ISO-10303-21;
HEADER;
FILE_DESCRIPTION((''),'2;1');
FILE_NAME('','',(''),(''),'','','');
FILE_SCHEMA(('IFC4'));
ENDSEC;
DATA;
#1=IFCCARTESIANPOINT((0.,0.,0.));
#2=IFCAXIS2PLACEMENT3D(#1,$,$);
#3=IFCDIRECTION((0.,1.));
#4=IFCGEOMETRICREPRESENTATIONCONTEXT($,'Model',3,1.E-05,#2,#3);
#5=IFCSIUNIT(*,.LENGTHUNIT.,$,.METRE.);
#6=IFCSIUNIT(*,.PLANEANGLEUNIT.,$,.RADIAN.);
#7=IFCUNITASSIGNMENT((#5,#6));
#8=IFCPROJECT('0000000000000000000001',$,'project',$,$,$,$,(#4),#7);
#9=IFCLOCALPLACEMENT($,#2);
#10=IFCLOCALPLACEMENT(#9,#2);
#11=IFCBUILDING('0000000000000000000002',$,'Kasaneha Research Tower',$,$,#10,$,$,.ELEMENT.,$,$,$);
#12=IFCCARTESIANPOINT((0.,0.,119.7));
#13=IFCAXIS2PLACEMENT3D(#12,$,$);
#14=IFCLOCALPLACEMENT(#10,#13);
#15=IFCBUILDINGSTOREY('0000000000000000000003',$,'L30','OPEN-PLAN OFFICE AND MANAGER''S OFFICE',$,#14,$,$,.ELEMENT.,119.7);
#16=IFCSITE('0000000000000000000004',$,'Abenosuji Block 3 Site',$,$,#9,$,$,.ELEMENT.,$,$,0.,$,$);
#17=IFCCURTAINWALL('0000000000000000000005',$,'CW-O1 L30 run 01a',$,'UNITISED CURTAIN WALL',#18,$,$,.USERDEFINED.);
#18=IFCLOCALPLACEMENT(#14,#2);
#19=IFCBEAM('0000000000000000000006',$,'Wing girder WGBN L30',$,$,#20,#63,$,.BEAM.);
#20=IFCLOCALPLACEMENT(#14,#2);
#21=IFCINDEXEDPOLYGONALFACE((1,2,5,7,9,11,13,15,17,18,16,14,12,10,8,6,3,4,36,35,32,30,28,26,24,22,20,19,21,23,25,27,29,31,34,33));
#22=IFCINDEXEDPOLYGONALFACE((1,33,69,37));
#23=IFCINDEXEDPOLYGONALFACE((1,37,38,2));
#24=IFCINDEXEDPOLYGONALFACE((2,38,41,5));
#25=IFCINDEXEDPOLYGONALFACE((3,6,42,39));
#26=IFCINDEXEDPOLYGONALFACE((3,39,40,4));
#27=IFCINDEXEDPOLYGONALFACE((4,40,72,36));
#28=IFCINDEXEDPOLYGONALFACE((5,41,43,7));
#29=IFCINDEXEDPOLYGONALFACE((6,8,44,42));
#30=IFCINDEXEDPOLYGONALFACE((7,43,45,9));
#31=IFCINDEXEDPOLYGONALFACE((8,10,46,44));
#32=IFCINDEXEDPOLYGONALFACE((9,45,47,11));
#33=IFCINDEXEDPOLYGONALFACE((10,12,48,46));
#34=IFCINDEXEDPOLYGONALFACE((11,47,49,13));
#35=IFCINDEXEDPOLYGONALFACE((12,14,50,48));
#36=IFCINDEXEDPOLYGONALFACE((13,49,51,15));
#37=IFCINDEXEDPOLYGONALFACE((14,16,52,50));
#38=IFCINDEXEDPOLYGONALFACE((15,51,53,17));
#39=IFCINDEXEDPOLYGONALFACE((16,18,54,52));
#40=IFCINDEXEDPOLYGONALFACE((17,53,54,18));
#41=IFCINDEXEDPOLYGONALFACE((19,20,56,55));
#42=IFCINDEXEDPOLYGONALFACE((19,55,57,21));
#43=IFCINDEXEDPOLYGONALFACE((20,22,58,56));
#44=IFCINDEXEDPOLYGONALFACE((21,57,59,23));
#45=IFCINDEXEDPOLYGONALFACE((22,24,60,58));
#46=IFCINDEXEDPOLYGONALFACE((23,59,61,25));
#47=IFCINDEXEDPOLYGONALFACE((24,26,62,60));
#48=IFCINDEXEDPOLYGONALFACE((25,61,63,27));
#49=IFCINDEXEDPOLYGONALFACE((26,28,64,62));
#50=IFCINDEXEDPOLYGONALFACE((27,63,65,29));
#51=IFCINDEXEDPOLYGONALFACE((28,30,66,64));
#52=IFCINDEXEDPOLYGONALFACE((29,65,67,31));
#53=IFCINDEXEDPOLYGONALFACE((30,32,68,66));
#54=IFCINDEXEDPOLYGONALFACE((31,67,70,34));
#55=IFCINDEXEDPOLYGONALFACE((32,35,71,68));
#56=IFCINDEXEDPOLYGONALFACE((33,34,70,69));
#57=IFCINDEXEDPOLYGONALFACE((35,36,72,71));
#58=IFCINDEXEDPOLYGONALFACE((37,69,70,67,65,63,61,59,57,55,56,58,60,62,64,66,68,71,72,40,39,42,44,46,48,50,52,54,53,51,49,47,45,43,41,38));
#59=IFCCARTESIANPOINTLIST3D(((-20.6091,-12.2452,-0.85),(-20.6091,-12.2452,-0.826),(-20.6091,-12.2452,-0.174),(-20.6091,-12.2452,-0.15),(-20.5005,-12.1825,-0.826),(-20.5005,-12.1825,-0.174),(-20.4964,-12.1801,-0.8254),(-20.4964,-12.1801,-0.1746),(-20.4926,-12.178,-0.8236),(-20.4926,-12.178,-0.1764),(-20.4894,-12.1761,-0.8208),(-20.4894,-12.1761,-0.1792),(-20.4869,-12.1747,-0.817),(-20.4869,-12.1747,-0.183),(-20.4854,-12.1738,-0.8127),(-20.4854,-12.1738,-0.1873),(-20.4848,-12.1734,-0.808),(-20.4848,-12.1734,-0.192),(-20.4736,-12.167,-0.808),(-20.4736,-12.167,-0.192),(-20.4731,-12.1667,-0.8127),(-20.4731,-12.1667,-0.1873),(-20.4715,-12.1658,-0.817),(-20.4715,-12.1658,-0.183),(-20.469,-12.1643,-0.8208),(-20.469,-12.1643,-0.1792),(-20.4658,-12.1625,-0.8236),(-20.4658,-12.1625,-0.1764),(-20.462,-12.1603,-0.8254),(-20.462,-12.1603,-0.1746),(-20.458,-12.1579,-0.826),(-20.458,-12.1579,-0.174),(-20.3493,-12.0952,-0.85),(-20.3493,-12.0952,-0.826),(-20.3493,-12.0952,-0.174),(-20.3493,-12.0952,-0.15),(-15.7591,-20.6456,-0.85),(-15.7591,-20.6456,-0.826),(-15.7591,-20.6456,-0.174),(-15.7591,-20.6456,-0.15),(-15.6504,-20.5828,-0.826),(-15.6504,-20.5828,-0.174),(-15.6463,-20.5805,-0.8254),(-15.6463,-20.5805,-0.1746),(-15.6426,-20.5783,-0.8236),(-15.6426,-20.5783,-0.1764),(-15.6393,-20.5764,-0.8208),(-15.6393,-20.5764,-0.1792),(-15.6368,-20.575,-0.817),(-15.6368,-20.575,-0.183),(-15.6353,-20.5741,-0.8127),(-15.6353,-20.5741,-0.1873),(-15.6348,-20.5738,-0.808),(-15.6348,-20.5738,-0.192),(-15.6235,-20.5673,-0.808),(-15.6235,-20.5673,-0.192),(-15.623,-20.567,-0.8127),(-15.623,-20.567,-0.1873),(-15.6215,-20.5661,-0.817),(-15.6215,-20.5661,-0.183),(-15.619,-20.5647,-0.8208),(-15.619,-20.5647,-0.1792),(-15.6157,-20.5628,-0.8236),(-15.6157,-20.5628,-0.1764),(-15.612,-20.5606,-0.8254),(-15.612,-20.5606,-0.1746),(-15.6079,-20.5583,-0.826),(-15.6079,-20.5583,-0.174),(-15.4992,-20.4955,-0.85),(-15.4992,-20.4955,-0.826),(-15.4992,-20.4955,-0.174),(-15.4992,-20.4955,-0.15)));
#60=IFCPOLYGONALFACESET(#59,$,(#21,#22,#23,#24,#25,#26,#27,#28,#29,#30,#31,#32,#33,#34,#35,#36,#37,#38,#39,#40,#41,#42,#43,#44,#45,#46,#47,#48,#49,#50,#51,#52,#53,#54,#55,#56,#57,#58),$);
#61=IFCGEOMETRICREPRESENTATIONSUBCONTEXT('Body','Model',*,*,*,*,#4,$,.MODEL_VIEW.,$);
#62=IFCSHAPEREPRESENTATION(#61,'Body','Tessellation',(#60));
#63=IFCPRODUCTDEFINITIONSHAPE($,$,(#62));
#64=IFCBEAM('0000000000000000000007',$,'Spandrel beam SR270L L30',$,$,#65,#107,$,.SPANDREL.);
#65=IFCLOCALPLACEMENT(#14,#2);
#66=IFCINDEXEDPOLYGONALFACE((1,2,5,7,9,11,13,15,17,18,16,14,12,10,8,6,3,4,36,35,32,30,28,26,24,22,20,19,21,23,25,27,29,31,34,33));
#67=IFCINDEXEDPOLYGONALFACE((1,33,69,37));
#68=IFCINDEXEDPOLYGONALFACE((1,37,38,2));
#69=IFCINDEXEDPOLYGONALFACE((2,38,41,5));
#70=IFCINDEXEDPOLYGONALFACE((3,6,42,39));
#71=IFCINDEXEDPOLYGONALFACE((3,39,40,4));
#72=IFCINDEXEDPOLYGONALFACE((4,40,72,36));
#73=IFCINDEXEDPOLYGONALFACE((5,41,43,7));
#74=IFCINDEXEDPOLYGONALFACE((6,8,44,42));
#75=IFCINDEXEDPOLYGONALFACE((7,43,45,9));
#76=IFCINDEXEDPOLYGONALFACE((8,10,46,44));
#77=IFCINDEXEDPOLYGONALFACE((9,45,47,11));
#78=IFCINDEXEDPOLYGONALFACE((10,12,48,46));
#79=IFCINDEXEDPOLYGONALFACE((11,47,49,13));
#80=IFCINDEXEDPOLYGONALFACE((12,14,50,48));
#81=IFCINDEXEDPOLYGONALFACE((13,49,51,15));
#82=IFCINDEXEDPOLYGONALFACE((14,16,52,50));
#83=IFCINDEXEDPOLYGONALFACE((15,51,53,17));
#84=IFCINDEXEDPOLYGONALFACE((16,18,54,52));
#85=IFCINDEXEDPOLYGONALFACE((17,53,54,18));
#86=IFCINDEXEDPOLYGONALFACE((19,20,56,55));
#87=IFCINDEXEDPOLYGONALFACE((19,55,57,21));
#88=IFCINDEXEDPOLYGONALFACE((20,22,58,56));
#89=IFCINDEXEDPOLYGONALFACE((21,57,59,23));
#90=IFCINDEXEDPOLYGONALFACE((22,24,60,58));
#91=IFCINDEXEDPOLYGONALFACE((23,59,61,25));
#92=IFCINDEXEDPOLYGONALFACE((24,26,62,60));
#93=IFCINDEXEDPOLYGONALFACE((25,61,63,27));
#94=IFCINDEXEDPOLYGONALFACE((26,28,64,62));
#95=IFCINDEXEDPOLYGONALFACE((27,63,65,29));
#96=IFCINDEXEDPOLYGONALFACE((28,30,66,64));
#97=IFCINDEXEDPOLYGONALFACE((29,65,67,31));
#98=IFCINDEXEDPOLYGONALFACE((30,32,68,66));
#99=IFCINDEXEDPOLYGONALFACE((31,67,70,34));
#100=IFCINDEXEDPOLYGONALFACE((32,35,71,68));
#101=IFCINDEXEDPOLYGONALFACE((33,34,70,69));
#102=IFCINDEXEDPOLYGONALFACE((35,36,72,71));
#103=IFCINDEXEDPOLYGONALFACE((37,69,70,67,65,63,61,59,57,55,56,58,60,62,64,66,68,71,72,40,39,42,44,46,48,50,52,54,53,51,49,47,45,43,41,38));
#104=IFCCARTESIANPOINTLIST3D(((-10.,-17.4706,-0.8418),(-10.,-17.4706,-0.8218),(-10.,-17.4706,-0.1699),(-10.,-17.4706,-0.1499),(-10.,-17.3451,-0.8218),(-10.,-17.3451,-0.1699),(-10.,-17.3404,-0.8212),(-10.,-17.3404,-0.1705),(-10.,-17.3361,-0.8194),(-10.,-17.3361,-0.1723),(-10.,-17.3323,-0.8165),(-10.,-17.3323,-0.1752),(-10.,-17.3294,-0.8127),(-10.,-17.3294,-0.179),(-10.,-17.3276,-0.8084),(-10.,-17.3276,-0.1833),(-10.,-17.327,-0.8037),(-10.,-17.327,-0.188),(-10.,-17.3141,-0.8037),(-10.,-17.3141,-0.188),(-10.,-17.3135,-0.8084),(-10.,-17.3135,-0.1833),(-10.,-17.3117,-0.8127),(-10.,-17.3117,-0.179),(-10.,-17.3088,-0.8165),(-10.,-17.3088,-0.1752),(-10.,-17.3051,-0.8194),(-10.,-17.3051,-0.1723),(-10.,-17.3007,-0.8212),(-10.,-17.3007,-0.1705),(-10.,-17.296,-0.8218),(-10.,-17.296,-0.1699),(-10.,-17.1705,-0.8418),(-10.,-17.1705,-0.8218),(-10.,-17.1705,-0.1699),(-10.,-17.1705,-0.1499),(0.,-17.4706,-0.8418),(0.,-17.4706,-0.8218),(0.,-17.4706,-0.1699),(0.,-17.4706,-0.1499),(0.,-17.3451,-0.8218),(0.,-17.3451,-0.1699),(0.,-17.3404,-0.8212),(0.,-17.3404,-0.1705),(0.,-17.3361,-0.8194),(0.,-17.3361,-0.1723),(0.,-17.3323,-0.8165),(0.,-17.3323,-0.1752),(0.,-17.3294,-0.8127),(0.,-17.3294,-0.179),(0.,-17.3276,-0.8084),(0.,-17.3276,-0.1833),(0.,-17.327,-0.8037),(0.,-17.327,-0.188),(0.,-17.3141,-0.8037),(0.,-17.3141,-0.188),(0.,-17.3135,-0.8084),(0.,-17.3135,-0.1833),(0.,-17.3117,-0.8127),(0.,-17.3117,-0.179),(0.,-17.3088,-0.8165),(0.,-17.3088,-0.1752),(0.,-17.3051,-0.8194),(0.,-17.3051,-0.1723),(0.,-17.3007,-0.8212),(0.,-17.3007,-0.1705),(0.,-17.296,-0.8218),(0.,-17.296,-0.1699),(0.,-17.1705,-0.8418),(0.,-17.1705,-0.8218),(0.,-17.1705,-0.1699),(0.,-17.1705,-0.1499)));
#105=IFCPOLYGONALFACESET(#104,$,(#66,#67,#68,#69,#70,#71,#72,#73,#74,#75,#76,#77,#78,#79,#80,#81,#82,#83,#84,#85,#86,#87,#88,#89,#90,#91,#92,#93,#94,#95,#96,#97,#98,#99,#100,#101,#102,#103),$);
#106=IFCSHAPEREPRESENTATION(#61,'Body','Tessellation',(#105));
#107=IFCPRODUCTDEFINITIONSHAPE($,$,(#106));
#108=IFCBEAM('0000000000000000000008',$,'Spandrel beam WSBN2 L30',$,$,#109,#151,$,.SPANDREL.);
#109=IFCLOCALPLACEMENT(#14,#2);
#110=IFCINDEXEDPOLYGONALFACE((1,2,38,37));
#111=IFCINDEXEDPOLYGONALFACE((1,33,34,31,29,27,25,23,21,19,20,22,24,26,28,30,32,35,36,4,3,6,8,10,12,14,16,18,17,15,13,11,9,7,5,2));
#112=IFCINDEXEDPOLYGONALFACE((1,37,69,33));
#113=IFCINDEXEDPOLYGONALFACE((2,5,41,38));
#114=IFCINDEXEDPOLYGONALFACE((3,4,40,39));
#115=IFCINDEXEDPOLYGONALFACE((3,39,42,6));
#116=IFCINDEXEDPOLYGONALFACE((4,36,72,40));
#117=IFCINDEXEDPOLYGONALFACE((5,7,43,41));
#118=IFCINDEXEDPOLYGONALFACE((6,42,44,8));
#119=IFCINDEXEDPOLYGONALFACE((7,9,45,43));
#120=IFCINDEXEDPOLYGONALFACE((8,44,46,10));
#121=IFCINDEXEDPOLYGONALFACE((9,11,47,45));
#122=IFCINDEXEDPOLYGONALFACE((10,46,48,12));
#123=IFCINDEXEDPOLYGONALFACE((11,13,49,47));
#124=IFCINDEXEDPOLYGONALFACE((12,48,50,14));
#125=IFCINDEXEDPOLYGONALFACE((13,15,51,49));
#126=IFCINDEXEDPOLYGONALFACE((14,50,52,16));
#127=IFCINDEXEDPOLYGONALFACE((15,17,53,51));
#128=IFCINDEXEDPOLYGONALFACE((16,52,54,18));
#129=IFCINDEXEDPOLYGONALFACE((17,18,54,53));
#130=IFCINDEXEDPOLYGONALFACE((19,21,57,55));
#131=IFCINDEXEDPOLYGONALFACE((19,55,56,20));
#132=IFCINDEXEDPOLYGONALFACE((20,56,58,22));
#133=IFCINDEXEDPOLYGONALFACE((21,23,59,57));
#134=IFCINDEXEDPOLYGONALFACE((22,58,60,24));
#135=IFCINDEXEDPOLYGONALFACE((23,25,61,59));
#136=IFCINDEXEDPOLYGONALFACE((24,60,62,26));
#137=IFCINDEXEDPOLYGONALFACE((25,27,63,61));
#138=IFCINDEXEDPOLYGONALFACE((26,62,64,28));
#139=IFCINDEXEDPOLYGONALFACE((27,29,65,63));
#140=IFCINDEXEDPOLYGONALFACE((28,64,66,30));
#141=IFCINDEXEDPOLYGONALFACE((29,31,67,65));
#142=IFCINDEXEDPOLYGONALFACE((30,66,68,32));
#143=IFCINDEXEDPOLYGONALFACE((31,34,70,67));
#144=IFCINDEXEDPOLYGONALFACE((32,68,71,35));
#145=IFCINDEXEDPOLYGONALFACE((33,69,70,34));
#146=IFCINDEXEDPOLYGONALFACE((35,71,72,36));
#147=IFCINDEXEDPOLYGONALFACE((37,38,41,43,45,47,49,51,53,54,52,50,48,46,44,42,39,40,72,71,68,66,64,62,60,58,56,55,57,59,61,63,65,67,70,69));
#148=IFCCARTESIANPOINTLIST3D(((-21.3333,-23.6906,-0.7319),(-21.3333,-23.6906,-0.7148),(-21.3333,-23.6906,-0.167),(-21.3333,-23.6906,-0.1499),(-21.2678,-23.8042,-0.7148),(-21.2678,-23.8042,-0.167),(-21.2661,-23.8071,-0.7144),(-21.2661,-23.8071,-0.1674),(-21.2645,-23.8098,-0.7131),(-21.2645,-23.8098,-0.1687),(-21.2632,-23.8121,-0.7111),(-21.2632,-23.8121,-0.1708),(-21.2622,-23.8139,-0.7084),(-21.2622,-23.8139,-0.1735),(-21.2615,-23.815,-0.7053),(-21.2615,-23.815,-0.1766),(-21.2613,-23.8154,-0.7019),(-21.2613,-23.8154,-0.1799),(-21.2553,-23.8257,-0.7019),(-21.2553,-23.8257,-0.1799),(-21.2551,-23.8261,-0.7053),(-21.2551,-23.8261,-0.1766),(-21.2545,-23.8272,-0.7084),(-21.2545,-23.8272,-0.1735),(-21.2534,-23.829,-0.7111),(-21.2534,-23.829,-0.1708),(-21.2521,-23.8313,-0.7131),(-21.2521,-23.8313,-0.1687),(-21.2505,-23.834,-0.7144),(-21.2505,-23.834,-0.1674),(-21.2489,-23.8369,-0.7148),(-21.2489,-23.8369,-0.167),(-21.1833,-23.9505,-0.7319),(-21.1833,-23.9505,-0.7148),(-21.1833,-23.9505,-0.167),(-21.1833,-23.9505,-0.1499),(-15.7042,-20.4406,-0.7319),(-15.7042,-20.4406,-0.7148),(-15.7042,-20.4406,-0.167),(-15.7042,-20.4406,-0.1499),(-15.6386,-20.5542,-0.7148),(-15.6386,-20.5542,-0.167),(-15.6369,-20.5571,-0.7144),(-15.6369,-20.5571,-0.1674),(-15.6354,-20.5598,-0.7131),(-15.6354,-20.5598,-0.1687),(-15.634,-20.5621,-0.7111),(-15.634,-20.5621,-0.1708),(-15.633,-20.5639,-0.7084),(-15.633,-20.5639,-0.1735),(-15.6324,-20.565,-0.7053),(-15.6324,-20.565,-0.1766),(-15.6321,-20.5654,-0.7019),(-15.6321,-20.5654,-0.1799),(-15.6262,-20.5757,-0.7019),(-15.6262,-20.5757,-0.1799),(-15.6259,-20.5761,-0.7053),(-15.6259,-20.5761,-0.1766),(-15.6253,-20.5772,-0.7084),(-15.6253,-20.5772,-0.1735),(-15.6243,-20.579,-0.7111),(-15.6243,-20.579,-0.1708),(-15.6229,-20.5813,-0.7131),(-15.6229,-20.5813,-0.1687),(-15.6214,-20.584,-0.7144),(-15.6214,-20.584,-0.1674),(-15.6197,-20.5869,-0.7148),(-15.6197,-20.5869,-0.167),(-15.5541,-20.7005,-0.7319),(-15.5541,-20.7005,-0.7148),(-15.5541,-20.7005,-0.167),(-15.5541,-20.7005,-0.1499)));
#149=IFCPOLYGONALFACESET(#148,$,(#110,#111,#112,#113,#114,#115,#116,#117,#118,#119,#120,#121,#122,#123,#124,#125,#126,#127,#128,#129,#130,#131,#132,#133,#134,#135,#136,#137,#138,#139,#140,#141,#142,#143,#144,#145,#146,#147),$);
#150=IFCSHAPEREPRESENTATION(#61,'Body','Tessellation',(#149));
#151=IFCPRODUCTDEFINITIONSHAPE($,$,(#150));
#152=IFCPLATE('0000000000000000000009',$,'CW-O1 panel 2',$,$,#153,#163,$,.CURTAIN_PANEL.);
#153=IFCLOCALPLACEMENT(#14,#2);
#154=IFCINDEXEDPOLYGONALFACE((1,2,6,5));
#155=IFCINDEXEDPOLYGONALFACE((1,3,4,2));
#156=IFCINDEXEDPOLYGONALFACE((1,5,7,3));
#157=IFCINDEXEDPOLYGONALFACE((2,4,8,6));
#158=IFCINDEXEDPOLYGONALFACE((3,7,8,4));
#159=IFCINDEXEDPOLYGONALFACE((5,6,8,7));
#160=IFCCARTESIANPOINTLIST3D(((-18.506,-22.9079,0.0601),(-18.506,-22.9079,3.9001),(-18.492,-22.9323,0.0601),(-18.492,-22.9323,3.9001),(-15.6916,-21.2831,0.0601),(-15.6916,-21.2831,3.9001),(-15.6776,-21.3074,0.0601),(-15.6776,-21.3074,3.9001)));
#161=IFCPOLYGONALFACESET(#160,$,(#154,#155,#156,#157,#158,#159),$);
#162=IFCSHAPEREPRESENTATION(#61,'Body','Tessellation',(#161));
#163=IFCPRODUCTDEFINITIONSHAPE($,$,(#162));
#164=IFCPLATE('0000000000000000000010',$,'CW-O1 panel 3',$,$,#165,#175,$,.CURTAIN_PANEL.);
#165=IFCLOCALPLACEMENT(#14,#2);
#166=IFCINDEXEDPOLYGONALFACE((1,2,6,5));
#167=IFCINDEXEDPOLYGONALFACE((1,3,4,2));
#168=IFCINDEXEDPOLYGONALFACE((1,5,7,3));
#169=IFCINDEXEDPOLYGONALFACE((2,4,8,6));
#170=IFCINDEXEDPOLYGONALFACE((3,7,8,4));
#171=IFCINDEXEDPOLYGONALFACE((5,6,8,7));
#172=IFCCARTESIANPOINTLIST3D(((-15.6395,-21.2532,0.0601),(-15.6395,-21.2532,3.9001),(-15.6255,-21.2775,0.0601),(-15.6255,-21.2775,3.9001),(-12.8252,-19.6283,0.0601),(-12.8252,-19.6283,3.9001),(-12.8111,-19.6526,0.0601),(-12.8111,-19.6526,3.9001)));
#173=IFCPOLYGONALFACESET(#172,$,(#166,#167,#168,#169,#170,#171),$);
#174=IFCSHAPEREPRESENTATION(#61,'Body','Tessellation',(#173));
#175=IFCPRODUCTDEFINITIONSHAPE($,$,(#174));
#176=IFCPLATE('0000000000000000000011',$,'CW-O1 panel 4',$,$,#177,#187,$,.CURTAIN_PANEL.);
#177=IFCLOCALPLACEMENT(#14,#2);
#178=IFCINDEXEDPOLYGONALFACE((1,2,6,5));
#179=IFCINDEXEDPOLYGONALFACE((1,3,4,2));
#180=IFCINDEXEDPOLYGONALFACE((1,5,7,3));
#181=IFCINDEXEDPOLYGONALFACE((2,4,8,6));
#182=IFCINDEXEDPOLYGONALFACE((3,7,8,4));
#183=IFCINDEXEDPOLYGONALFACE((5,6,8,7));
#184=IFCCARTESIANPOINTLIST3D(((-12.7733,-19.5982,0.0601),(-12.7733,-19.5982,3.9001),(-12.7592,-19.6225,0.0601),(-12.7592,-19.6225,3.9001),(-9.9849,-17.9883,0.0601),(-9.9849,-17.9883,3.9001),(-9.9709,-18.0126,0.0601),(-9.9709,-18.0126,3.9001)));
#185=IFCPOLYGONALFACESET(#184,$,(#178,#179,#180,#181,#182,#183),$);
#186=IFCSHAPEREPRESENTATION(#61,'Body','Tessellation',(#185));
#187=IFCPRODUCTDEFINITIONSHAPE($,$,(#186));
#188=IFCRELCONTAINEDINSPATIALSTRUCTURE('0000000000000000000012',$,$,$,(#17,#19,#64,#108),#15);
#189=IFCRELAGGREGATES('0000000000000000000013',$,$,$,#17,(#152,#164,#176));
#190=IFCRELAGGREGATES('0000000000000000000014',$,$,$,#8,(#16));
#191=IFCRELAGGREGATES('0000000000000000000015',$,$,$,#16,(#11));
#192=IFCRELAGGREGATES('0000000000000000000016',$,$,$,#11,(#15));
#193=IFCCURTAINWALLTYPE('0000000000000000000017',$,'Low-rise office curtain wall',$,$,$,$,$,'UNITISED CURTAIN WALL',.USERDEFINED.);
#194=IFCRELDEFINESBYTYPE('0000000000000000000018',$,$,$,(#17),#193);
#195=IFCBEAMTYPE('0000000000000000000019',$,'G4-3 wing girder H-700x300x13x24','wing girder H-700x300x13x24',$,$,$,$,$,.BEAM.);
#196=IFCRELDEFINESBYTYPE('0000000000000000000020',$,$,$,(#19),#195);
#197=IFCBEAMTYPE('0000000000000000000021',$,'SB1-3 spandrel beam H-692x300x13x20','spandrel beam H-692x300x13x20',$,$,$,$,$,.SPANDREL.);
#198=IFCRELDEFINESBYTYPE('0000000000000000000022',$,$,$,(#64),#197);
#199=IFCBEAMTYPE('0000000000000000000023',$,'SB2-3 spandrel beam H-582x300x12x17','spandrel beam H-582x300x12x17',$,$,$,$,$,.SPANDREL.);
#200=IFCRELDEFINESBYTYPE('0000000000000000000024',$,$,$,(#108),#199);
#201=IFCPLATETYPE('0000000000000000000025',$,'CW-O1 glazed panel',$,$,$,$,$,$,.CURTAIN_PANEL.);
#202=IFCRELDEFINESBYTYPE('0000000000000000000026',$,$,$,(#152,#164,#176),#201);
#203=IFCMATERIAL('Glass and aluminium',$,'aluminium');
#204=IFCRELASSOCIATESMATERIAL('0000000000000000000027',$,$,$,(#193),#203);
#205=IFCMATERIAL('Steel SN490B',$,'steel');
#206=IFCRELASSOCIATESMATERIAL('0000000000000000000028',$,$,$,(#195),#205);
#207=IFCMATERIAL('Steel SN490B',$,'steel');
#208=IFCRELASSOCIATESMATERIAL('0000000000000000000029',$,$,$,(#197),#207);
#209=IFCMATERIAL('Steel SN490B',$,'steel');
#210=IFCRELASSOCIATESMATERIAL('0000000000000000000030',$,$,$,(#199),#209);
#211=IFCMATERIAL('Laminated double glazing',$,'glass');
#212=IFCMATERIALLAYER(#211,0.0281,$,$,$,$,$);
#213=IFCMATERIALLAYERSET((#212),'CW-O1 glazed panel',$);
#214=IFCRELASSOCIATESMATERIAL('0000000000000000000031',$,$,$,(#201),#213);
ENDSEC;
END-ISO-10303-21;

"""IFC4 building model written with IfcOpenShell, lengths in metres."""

from ifc_helpers import new_model, si_unit, direction, frame, origin, origin_2d, place, context, subcontext, project, spatial, rectangle, i_section, extrude, material, layer, layer_set, material_profile, profile_set, type_object, element, aggregate, save


model = new_model("IFC4")

# Units and contexts
model_context = context("Model", 3, precision=1e-05, world=origin(), true_north=direction((0.0, 1.0)))
body_context = subcontext(model_context, "Body", "Model", "MODEL_VIEW")
ifc_project = project(units=[si_unit("LENGTHUNIT", "METRE"), si_unit("PLANEANGLEUNIT", "RADIAN")], contexts=[model_context])

# Site, building, storey
site_placement = place(None, origin())
site = spatial("IfcSite", under=ifc_project, at=site_placement, Name="Abenosuji Block 3 Site", CompositionType="ELEMENT", RefElevation=0.0)
building_placement = place(site_placement, origin())
building = spatial("IfcBuilding", under=site, at=building_placement, Name="Kasaneha Research Tower", CompositionType="ELEMENT")
storey_placement = place(building_placement, frame((0.0, 0.0, 119.7)))
storey = spatial("IfcBuildingStorey", under=building, at=storey_placement, Name="L30", Description="OPEN-PLAN OFFICE AND MANAGER'S OFFICE", CompositionType="ELEMENT", Elevation=119.7)

# Curtain wall
ifc_material_1 = material(Name="Glass and aluminium", Category="aluminium")
curtain_wall_type = type_object("IfcCurtainWallType", Name="Low-rise office curtain wall", ElementType="UNITISED CURTAIN WALL", PredefinedType="USERDEFINED", material=ifc_material_1)
curtain_wall_1_placement = place(storey_placement, origin())
curtain_wall_1 = element("IfcCurtainWall", 1, at=curtain_wall_1_placement, inside=storey, type_object=curtain_wall_type, Name="CW-O1 L30 run 01a", ObjectType="UNITISED CURTAIN WALL", PredefinedType="USERDEFINED")

# Beams
ifc_material_2 = material(Name="Steel SN490B", Category="steel")
ifc_material_profile_1 = material_profile(ifc_material_2, i_section(OverallWidth=0.3, OverallDepth=0.7, WebThickness=0.0129, FlangeThickness=0.0239, FilletRadius=0.0181, at=origin_2d()), Name="H-700x300x13x24")
ifc_profile_set_1 = profile_set([ifc_material_profile_1], Name="Steel SN490B")
beam_type_1 = type_object("IfcBeamType", Name="G4-3 wing girder H-700x300x13x24", Description="wing girder H-700x300x13x24", PredefinedType="BEAM", material=ifc_profile_set_1)
beam_1_placement = place(storey_placement, frame((-15.6292, -20.5706, -0.5), z_axis=(-0.50001, 0.86602, 0.0), x_axis=(-0.86602, -0.50001, 0.0)))
element("IfcBeam", 2, at=beam_1_placement, inside=storey, type_object=beam_type_1, Name="Wing girder WGBN L30", PredefinedType="BEAM", context=body_context, shape_type="SweptSolid", body=[
    extrude(i_section(OverallWidth=0.3, OverallDepth=0.7, WebThickness=0.0129, FlangeThickness=0.0239, FilletRadius=0.0181, at=origin_2d()), origin(), (0.0, 0.0, 1.0), 9.7),
])
ifc_material_3 = material(Name="Steel SN490B", Category="steel")
ifc_material_profile_2 = material_profile(ifc_material_3, i_section(OverallWidth=0.3, OverallDepth=0.6919, WebThickness=0.0129, FlangeThickness=0.02, FilletRadius=0.0181, at=origin_2d()), Name="H-692x300x13x20")
ifc_profile_set_2 = profile_set([ifc_material_profile_2], Name="Steel SN490B")
beam_type_2 = type_object("IfcBeamType", Name="SB1-3 spandrel beam H-692x300x13x20", Description="spandrel beam H-692x300x13x20", PredefinedType="SPANDREL", material=ifc_profile_set_2)
beam_2_placement = place(storey_placement, frame((-10.0, -17.3206, -0.4958), z_axis=(1.0, 0.0, 0.0), x_axis=(0.0, 1.0, 0.0)))
element("IfcBeam", 3, at=beam_2_placement, inside=storey, type_object=beam_type_2, Name="Spandrel beam SR270L L30", PredefinedType="SPANDREL", context=body_context, shape_type="SweptSolid", body=[
    extrude(i_section(OverallWidth=0.3, OverallDepth=0.6919, WebThickness=0.0129, FlangeThickness=0.02, FilletRadius=0.0181, at=origin_2d()), origin(), (0.0, 0.0, 1.0), 10.0),
])
ifc_material_4 = material(Name="Steel SN490B", Category="steel")
ifc_material_profile_3 = material_profile(ifc_material_4, i_section(OverallWidth=0.3, OverallDepth=0.582, WebThickness=0.012, FlangeThickness=0.0171, FilletRadius=0.0129, at=origin_2d()), Name="H-582x300x12x17")
ifc_profile_set_3 = profile_set([ifc_material_profile_3], Name="Steel SN490B")
beam_type_3 = type_object("IfcBeamType", Name="SB2-3 spandrel beam H-582x300x12x17", Description="spandrel beam H-582x300x12x17", PredefinedType="SPANDREL", material=ifc_profile_set_3)
beam_3_placement = place(storey_placement, frame((-15.6292, -20.5706, -0.4409), z_axis=(-0.866025, -0.500001, 0.0), x_axis=(0.500001, -0.866025, 0.0)))
element("IfcBeam", 4, at=beam_3_placement, inside=storey, type_object=beam_type_3, Name="Spandrel beam WSBN2 L30", PredefinedType="SPANDREL", context=body_context, shape_type="SweptSolid", body=[
    extrude(i_section(OverallWidth=0.3, OverallDepth=0.582, WebThickness=0.012, FlangeThickness=0.0171, FilletRadius=0.0129, at=origin_2d()), origin(), (0.0, 0.0, 1.0), 6.5),
])

# Plates
ifc_material_5 = material(Name="Laminated double glazing", Category="glass")
ifc_layer_1 = layer(ifc_material_5, 0.0281)
ifc_layer_set_1 = layer_set([ifc_layer_1], Name="CW-O1 glazed panel")
plate_type = type_object("IfcPlateType", Name="CW-O1 glazed panel", PredefinedType="CURTAIN_PANEL", material=ifc_layer_set_1)
plate_1_placement = place(storey_placement, frame((-17.0918, -22.1077, 0.0601), z_axis=(0.0, 0.0, 1.0), x_axis=(0.866025, 0.5, 0.0)))
plate_1 = element("IfcPlate", 5, at=plate_1_placement, type_object=plate_type, Name="CW-O1 panel 2", PredefinedType="CURTAIN_PANEL", context=body_context, shape_type="SweptSolid", body=[
    extrude(rectangle(XDim=3.2498, YDim=0.0281, at=origin_2d()), origin(), (0.0, 0.0, 1.0), 3.8401),
])
plate_2_placement = place(storey_placement, frame((-14.2253, -20.4529, 0.0601), z_axis=(0.0, 0.0, 1.0), x_axis=(0.866025, 0.5, 0.0)))
plate_2 = element("IfcPlate", 6, at=plate_2_placement, type_object=plate_type, Name="CW-O1 panel 3", PredefinedType="CURTAIN_PANEL", context=body_context, shape_type="SweptSolid", body=[
    extrude(rectangle(XDim=3.2498, YDim=0.0281, at=origin_2d()), origin(), (0.0, 0.0, 1.0), 3.8401),
])
plate_3_placement = place(storey_placement, frame((-11.3721, -18.8054, 0.0601), z_axis=(0.0, 0.0, 1.0), x_axis=(0.866025, 0.5, 0.0)))
plate_3 = element("IfcPlate", 7, at=plate_3_placement, type_object=plate_type, Name="CW-O1 panel 4", PredefinedType="CURTAIN_PANEL", context=body_context, shape_type="SweptSolid", body=[
    extrude(rectangle(XDim=3.2197, YDim=0.0281, at=origin_2d()), origin(), (0.0, 0.0, 1.0), 3.8401),
])
aggregate(curtain_wall_1, [plate_1, plate_2, plate_3])

save(model, "model.ifc")
